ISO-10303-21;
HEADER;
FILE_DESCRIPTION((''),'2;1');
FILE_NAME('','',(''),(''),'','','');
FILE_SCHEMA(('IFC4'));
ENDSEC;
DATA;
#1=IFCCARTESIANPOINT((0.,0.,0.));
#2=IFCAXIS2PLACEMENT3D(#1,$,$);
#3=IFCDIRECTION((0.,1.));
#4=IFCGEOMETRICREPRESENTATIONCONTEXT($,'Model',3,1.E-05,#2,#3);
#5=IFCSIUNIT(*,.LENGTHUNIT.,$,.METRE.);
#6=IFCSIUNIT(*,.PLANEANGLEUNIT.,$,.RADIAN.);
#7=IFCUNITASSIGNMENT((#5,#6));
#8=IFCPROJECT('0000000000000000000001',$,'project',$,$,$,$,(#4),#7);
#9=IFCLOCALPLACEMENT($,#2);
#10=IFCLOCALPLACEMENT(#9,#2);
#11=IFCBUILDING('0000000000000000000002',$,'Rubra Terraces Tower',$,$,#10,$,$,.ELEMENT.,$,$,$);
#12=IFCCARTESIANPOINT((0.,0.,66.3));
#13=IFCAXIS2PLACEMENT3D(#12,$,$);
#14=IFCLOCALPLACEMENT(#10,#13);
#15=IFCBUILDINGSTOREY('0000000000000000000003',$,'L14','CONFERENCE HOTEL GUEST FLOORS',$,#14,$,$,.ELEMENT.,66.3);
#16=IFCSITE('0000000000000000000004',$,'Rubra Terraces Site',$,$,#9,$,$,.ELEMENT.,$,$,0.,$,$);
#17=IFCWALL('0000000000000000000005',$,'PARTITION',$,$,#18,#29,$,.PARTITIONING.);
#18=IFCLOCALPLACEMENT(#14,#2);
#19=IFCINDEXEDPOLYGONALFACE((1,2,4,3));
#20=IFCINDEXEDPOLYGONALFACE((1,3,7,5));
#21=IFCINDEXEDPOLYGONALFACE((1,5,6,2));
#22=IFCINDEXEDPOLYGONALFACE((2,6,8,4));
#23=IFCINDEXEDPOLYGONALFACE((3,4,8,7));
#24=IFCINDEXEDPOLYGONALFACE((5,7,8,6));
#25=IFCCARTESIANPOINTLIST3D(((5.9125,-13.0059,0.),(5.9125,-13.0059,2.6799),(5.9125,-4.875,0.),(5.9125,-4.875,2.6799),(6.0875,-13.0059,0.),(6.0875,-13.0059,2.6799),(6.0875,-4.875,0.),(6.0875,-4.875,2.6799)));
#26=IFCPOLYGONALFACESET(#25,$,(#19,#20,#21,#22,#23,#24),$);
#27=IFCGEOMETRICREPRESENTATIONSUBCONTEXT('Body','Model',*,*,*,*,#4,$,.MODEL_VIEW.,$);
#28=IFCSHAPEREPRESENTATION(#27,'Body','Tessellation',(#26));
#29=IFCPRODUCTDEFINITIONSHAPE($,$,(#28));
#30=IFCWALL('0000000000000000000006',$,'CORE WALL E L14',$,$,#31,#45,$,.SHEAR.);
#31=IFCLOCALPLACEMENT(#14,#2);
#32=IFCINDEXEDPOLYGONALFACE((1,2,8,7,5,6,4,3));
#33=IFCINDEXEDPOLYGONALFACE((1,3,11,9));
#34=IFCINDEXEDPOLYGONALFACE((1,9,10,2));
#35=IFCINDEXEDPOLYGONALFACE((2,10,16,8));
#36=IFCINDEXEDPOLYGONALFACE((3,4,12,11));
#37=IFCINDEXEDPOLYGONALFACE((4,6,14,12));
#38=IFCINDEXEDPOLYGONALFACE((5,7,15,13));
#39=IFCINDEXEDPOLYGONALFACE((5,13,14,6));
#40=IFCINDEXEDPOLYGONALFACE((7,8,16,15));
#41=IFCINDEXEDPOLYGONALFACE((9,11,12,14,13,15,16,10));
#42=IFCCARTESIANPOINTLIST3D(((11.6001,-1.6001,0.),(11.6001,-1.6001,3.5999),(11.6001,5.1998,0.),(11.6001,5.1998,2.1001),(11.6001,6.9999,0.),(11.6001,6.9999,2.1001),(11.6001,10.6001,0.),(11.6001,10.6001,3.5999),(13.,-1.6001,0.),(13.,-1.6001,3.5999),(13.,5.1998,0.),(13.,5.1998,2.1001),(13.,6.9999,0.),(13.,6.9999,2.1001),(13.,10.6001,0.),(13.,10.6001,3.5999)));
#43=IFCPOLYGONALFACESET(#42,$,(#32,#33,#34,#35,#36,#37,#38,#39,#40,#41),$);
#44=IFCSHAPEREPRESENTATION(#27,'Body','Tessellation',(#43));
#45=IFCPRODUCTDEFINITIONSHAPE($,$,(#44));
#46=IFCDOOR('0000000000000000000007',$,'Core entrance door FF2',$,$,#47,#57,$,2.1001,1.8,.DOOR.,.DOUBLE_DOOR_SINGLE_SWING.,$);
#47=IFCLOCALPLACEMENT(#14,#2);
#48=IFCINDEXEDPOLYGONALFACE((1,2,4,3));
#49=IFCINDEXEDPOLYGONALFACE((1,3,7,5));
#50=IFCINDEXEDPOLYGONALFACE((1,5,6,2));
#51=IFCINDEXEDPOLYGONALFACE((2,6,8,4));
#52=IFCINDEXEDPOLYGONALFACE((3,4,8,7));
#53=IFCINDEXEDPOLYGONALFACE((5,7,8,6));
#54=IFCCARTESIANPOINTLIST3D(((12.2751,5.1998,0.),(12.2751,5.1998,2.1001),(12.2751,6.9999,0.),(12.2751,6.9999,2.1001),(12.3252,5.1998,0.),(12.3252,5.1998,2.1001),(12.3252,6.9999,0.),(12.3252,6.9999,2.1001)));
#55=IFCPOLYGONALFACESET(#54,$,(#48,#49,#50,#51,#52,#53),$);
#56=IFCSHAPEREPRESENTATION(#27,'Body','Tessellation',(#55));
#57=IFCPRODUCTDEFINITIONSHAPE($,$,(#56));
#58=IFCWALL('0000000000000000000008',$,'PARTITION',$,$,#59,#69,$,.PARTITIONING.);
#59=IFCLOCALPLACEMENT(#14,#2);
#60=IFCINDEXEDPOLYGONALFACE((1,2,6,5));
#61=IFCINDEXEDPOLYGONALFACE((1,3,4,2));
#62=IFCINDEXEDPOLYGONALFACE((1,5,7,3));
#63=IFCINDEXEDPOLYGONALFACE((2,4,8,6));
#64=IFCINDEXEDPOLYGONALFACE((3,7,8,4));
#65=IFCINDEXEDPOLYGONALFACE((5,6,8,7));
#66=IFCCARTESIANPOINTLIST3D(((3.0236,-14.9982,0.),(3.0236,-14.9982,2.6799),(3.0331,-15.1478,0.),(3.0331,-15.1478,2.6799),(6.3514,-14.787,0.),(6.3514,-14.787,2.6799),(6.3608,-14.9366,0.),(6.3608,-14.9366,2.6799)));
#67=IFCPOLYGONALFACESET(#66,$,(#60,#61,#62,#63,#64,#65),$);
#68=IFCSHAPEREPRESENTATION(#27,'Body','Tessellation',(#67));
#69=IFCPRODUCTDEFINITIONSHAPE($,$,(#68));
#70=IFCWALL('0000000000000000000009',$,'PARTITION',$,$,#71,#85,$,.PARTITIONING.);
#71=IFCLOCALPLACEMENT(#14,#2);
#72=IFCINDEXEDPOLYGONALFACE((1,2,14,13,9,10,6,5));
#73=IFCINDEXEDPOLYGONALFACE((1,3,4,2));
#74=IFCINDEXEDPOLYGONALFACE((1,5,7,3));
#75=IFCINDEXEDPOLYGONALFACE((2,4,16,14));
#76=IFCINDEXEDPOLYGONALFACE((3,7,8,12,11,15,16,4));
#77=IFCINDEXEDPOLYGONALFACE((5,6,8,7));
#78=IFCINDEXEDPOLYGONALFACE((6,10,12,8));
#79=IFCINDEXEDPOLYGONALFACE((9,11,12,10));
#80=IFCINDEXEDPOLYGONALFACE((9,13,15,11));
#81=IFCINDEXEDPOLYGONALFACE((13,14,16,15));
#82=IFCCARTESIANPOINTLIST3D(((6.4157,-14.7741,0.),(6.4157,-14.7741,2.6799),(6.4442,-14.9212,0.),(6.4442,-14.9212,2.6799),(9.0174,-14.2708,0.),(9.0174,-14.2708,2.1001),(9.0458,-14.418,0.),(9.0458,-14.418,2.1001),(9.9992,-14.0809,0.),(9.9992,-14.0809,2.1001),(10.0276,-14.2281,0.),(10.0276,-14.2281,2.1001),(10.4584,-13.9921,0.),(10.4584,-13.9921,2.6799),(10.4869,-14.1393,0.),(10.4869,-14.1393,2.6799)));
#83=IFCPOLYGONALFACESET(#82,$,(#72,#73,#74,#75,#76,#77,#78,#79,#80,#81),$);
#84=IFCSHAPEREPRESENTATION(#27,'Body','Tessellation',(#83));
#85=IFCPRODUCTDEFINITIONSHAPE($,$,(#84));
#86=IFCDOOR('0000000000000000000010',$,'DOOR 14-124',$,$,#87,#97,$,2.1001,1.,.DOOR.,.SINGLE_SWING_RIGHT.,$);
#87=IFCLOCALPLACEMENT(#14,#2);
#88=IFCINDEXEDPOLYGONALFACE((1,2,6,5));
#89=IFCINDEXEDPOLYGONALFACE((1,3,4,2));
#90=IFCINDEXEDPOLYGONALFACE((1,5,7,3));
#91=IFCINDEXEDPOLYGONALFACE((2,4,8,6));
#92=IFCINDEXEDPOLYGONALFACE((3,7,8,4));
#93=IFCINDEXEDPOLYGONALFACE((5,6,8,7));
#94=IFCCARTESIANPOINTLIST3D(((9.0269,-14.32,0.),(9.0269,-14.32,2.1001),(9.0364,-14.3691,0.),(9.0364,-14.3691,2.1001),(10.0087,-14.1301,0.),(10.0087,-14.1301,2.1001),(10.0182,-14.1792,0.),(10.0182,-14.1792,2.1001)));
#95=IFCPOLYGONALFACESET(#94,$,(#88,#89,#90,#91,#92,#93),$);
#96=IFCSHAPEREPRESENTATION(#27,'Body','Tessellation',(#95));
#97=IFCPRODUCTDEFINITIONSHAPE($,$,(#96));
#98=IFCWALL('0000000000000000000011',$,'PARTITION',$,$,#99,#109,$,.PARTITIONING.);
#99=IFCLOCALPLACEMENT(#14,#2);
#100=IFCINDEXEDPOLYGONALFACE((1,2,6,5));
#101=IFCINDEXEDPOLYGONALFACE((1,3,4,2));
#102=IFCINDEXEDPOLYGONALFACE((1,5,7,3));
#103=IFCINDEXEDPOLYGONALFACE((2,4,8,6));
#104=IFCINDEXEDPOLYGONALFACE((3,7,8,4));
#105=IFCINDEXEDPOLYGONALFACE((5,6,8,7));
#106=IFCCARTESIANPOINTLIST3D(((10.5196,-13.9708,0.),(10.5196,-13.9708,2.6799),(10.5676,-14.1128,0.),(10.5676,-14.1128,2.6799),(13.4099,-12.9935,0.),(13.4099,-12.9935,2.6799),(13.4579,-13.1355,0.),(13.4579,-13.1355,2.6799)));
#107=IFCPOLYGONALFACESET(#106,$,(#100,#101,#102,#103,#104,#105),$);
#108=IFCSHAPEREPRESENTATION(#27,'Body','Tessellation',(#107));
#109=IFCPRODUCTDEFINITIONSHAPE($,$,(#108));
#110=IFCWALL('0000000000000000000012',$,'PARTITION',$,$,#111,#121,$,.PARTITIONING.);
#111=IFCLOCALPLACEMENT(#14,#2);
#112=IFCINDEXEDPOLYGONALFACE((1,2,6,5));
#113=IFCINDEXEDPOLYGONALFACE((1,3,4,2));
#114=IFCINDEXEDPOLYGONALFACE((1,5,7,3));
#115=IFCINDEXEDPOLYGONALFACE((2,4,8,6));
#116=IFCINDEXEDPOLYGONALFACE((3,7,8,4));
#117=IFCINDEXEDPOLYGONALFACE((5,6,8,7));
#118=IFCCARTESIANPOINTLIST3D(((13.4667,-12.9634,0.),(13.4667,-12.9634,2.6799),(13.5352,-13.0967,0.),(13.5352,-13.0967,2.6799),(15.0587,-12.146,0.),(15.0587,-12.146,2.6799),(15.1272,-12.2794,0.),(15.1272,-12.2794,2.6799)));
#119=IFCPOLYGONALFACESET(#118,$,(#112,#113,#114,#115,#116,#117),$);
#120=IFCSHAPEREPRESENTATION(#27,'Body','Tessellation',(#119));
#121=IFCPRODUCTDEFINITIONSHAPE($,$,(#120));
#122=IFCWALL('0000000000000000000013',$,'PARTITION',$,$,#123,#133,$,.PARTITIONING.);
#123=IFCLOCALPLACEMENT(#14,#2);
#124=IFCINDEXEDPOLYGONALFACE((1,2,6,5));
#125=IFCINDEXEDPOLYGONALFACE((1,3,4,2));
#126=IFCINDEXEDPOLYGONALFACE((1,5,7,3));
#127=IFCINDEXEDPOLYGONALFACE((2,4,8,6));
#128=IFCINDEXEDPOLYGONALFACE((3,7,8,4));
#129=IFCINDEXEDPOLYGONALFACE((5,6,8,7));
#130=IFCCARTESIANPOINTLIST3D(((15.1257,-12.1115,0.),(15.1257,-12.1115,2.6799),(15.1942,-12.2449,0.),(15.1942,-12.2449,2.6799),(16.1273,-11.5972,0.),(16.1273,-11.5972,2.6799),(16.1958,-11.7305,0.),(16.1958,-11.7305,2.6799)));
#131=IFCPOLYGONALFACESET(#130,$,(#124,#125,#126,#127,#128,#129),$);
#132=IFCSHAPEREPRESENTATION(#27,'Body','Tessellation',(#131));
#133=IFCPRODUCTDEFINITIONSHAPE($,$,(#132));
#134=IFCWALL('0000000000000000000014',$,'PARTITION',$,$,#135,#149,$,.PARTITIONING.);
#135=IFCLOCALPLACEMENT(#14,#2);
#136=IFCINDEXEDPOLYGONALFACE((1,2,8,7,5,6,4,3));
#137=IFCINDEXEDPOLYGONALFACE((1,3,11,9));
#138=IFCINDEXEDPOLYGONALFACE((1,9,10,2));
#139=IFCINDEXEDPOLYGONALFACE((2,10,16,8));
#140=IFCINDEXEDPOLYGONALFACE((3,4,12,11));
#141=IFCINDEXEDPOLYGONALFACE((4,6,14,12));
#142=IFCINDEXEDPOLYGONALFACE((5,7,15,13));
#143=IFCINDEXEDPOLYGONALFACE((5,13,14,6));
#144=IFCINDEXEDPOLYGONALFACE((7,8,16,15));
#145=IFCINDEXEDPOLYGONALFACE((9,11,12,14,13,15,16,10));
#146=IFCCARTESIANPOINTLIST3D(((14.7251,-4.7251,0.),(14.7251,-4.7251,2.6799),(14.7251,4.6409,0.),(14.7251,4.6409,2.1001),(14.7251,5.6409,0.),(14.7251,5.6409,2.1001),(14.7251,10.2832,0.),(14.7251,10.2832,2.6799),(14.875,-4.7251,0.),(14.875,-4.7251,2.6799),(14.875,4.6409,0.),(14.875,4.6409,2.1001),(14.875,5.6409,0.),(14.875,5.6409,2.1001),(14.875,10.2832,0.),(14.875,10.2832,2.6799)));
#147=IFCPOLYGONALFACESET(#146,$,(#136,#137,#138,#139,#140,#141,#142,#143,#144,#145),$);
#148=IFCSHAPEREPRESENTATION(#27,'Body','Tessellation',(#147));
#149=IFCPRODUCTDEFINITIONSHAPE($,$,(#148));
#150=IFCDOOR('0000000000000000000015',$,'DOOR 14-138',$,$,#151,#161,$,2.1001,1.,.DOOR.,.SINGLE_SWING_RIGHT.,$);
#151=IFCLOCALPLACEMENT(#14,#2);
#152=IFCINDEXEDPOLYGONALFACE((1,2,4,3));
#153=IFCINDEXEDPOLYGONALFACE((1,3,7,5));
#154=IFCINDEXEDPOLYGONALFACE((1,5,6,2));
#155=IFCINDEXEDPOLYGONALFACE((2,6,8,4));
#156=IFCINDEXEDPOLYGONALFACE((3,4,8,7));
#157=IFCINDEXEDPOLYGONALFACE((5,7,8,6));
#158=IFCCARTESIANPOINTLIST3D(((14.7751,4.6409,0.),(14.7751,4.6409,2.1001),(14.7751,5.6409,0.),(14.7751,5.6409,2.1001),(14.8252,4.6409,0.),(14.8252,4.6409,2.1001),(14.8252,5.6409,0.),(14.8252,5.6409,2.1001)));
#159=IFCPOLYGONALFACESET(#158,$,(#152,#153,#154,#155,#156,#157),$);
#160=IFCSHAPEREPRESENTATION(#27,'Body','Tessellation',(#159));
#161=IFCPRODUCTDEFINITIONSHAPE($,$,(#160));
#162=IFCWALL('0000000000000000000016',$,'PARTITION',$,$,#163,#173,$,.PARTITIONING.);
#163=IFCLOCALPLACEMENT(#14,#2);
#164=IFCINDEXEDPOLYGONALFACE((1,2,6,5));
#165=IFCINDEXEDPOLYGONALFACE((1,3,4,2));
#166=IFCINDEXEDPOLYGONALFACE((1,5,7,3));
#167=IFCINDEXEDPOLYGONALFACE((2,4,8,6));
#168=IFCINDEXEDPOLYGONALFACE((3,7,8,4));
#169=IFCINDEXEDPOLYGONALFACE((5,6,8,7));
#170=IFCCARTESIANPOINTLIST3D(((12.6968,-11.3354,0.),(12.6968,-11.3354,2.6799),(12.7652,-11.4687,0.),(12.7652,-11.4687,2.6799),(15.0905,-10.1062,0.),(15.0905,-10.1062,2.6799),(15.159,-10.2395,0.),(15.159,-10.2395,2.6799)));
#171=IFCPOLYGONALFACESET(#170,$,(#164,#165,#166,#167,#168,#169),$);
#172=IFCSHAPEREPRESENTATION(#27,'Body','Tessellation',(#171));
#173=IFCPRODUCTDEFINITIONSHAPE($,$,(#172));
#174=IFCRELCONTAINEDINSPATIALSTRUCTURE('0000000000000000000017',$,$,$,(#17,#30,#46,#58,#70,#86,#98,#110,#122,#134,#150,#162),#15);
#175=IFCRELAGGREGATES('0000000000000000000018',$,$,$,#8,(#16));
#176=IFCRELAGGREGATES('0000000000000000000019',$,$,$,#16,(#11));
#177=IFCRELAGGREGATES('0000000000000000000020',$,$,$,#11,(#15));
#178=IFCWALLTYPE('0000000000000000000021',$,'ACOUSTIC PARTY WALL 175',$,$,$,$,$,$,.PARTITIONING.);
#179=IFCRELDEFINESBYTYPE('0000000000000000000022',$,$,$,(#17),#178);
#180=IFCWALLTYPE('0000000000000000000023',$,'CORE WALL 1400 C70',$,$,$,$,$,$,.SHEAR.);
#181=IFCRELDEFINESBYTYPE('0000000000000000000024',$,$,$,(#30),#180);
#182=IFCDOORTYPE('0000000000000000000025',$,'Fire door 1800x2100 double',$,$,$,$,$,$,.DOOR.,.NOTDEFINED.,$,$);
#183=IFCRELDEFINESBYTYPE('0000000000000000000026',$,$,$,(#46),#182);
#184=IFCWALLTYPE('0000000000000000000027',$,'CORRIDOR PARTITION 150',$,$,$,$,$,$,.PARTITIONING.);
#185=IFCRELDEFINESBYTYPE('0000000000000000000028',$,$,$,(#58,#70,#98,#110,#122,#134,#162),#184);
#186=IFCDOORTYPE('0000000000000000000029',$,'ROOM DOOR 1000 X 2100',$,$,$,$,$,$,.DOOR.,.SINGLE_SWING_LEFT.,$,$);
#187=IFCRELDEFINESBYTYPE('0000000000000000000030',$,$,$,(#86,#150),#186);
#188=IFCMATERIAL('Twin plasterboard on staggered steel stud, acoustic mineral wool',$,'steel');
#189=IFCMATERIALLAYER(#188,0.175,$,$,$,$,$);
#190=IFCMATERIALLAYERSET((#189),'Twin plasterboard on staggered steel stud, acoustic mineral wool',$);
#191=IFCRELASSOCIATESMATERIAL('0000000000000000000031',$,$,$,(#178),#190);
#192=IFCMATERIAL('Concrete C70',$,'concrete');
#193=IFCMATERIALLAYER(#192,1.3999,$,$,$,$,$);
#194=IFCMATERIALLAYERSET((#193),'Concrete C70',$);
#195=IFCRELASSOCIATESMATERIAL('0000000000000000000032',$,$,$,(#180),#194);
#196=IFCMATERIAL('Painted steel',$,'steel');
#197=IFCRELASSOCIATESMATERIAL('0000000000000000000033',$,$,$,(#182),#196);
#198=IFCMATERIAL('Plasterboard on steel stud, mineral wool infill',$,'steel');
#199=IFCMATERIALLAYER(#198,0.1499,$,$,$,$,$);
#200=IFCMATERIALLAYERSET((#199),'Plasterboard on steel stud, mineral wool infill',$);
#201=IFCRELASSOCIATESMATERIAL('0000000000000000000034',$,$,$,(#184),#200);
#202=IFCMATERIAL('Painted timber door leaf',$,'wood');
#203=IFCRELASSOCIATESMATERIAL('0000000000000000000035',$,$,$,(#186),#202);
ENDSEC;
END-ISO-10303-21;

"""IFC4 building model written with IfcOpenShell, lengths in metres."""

from ifc_helpers import new_model, si_unit, direction, frame, frame_2d, origin, place, context, subcontext, project, spatial, rectangle, extrude, material, layer, layer_set, type_object, element, fill, save


model = new_model("IFC4")

# Units and contexts
model_context = context("Model", 3, precision=1e-05, world=origin(), true_north=direction((0.0, 1.0)))
body_context = subcontext(model_context, "Body", "Model", "MODEL_VIEW")
ifc_project = project(units=[si_unit("LENGTHUNIT", "METRE"), si_unit("PLANEANGLEUNIT", "RADIAN")], contexts=[model_context])

# Site, building, storey
site_placement = place(None, origin())
site = spatial("IfcSite", under=ifc_project, at=site_placement, Name="Rubra Terraces Site", CompositionType="ELEMENT", RefElevation=0.0)
building_placement = place(site_placement, origin())
building = spatial("IfcBuilding", under=site, at=building_placement, Name="Rubra Terraces Tower", CompositionType="ELEMENT")
storey_placement = place(building_placement, frame((0.0, 0.0, 66.3)))
storey = spatial("IfcBuildingStorey", under=building, at=storey_placement, Name="L14", Description="CONFERENCE HOTEL GUEST FLOORS", CompositionType="ELEMENT", Elevation=66.3)

# Wall
ifc_material_1 = material(Name="Twin plasterboard on staggered steel stud, acoustic mineral wool", Category="steel")
ifc_layer_1 = layer(ifc_material_1, 0.175)
ifc_layer_set_1 = layer_set([ifc_layer_1], Name="Twin plasterboard on staggered steel stud, acoustic mineral wool")
wall_type_1 = type_object("IfcWallType", Name="ACOUSTIC PARTY WALL 175", PredefinedType="PARTITIONING", material=ifc_layer_set_1)
wall_1_placement = place(storey_placement, frame((6.0, -13.0059, 0.0), z_axis=(0.0, 0.0, 1.0), x_axis=(0.0, 1.0, 0.0)))
element("IfcWall", 1, at=wall_1_placement, inside=storey, type_object=wall_type_1, Name="PARTITION", PredefinedType="PARTITIONING", context=body_context, shape_type="SweptSolid", body=[
    extrude(rectangle(XDim=8.1309, YDim=0.175, at=frame_2d((4.0654, 0.0))), origin(), (0.0, 0.0, 1.0), 2.6799),
])

# Wall, opening, door
ifc_material_2 = material(Name="Concrete C70", Category="concrete")
ifc_layer_2 = layer(ifc_material_2, 1.3999)
ifc_layer_set_2 = layer_set([ifc_layer_2], Name="Concrete C70")
wall_type_2 = type_object("IfcWallType", Name="CORE WALL 1400 C70", PredefinedType="SHEAR", material=ifc_layer_set_2)
wall_2_placement = place(storey_placement, frame((12.3, -1.6001, 0.0), z_axis=(0.0, 0.0, 1.0), x_axis=(0.0, 1.0, 0.0)))
wall_2 = element("IfcWall", 2, at=wall_2_placement, inside=storey, type_object=wall_type_2, Name="CORE WALL E L14", PredefinedType="SHEAR", context=body_context, shape_type="SweptSolid", body=[
    extrude(rectangle(XDim=12.2002, YDim=1.3999, at=frame_2d((6.1001, 0.0))), origin(), (0.0, 0.0, 1.0), 3.5999),
])
opening_1_placement = place(wall_2_placement, frame((6.8, 0.0, 0.0)))
opening_1 = element("IfcOpeningElement", 3, at=opening_1_placement, cuts=wall_2, PredefinedType="OPENING", context=body_context, shape_type="SweptSolid", body=[
    extrude(rectangle(XDim=1.8, YDim=2.1001, at=frame_2d((0.8999, 1.05))), frame((0.0, 0.71, 0.0), z_axis=(0.0, -1.0, 0.0), x_axis=(1.0, 0.0, 0.0)), (0.0, 0.0, 1.0), 1.4199),
])
ifc_material_3 = material(Name="Painted steel", Category="steel")
door_type_1 = type_object("IfcDoorType", Name="Fire door 1800x2100 double", OperationType="NOTDEFINED", PredefinedType="DOOR", material=ifc_material_3)
door_1_placement = place(opening_1_placement, origin())
door_1 = element("IfcDoor", 4, at=door_1_placement, inside=storey, type_object=door_type_1, Name="Core entrance door FF2", OperationType="DOUBLE_DOOR_SINGLE_SWING", OverallHeight=2.1001, OverallWidth=1.8, PredefinedType="DOOR", context=body_context, shape_type="SweptSolid", body=[
    extrude(rectangle(XDim=1.8, YDim=2.1001, at=frame_2d((0.8999, 1.05))), frame((0.0, 0.0249, 0.0), z_axis=(0.0, -1.0, 0.0), x_axis=(1.0, 0.0, 0.0)), (0.0, 0.0, 1.0), 0.05),
])
fill(opening_1, door_1)

# Wall
ifc_material_4 = material(Name="Plasterboard on steel stud, mineral wool infill", Category="steel")
ifc_layer_3 = layer(ifc_material_4, 0.1499)
ifc_layer_set_3 = layer_set([ifc_layer_3], Name="Plasterboard on steel stud, mineral wool infill")
wall_type_3 = type_object("IfcWallType", Name="CORRIDOR PARTITION 150", PredefinedType="PARTITIONING", material=ifc_layer_set_3)
wall_3_placement = place(storey_placement, frame((3.0283, -15.073, 0.0), z_axis=(0.0, 0.0, 1.0), x_axis=(0.997993, 0.063331, 0.0)))
element("IfcWall", 5, at=wall_3_placement, inside=storey, type_object=wall_type_3, Name="PARTITION", PredefinedType="PARTITIONING", context=body_context, shape_type="SweptSolid", body=[
    extrude(rectangle(XDim=3.3345, YDim=0.1499, at=frame_2d((1.6672, 0.0))), origin(), (0.0, 0.0, 1.0), 2.6799),
])

# Wall, opening, door
wall_4_placement = place(storey_placement, frame((6.4299, -14.8477, 0.0), z_axis=(0.0, 0.0, 1.0), x_axis=(0.981802, 0.189909, 0.0)))
wall_4 = element("IfcWall", 6, at=wall_4_placement, inside=storey, type_object=wall_type_3, Name="PARTITION", PredefinedType="PARTITIONING", context=body_context, shape_type="SweptSolid", body=[
    extrude(rectangle(XDim=4.1177, YDim=0.1499, at=frame_2d((2.0588, 0.0))), origin(), (0.0, 0.0, 1.0), 2.6799),
])
opening_2_placement = place(wall_4_placement, frame((2.6499, 0.0, 0.0)))
opening_2 = element("IfcOpeningElement", 7, at=opening_2_placement, cuts=wall_4, PredefinedType="OPENING", context=body_context, shape_type="SweptSolid", body=[
    extrude(rectangle(XDim=1.0, YDim=2.1001, at=frame_2d((0.5, 1.05))), frame((0.0, 0.085, 0.0), z_axis=(0.0, -1.0, 0.0), x_axis=(1.0, 0.0, 0.0)), (0.0, 0.0, 1.0), 0.1699),
])
ifc_material_5 = material(Name="Painted timber door leaf", Category="wood")
door_type_2 = type_object("IfcDoorType", Name="ROOM DOOR 1000 X 2100", OperationType="SINGLE_SWING_LEFT", PredefinedType="DOOR", material=ifc_material_5)
door_2_placement = place(opening_2_placement, origin())
door_2 = element("IfcDoor", 8, at=door_2_placement, inside=storey, type_object=door_type_2, Name="DOOR 14-124", OperationType="SINGLE_SWING_RIGHT", OverallHeight=2.1001, OverallWidth=1.0, PredefinedType="DOOR", context=body_context, shape_type="SweptSolid", body=[
    extrude(rectangle(XDim=1.0, YDim=2.1001, at=frame_2d((0.5, 1.05))), frame((0.0, 0.0249, 0.0), z_axis=(0.0, -1.0, 0.0), x_axis=(1.0, 0.0, 0.0)), (0.0, 0.0, 1.0), 0.05),
])
fill(opening_2, door_2)

# Walls
wall_5_placement = place(storey_placement, frame((10.5437, -14.0417, 0.0), z_axis=(0.0, 0.0, 1.0), x_axis=(0.947314, 0.320306, 0.0)))
element("IfcWall", 9, at=wall_5_placement, inside=storey, type_object=wall_type_3, Name="PARTITION", PredefinedType="PARTITIONING", context=body_context, shape_type="SweptSolid", body=[
    extrude(rectangle(XDim=3.051, YDim=0.1499, at=frame_2d((1.5254, 0.0))), origin(), (0.0, 0.0, 1.0), 2.6799),
])
wall_6_placement = place(storey_placement, frame((13.501, -13.03, 0.0), z_axis=(0.0, 0.0, 1.0), x_axis=(0.889601, 0.456738, 0.0)))
element("IfcWall", 10, at=wall_6_placement, inside=storey, type_object=wall_type_3, Name="PARTITION", PredefinedType="PARTITIONING", context=body_context, shape_type="SweptSolid", body=[
    extrude(rectangle(XDim=1.7896, YDim=0.1499, at=frame_2d((0.8948, 0.0))), origin(), (0.0, 0.0, 1.0), 2.6799),
])
wall_7_placement = place(storey_placement, frame((15.1599, -12.1782, 0.0), z_axis=(0.0, 0.0, 1.0), x_axis=(0.889562, 0.456814, 0.0)))
element("IfcWall", 11, at=wall_7_placement, inside=storey, type_object=wall_type_3, Name="PARTITION", PredefinedType="PARTITIONING", context=body_context, shape_type="SweptSolid", body=[
    extrude(rectangle(XDim=1.126, YDim=0.1499, at=frame_2d((0.563, 0.0))), origin(), (0.0, 0.0, 1.0), 2.6799),
])

# Wall, opening, door
wall_8_placement = place(storey_placement, frame((14.8, -4.7251, 0.0), z_axis=(0.0, 0.0, 1.0), x_axis=(0.0, 1.0, 0.0)))
wall_8 = element("IfcWall", 12, at=wall_8_placement, inside=storey, type_object=wall_type_3, Name="PARTITION", PredefinedType="PARTITIONING", context=body_context, shape_type="SweptSolid", body=[
    extrude(rectangle(XDim=15.0083, YDim=0.1499, at=frame_2d((7.5042, 0.0))), origin(), (0.0, 0.0, 1.0), 2.6799),
])
opening_3_placement = place(wall_8_placement, frame((9.366, 0.0, 0.0)))
opening_3 = element("IfcOpeningElement", 13, at=opening_3_placement, cuts=wall_8, PredefinedType="OPENING", context=body_context, shape_type="SweptSolid", body=[
    extrude(rectangle(XDim=1.0, YDim=2.1001, at=frame_2d((0.5, 1.05))), frame((0.0, 0.085, 0.0), z_axis=(0.0, -1.0, 0.0), x_axis=(1.0, 0.0, 0.0)), (0.0, 0.0, 1.0), 0.1699),
])
door_3_placement = place(opening_3_placement, origin())
door_3 = element("IfcDoor", 14, at=door_3_placement, inside=storey, type_object=door_type_2, Name="DOOR 14-138", OperationType="SINGLE_SWING_RIGHT", OverallHeight=2.1001, OverallWidth=1.0, PredefinedType="DOOR", context=body_context, shape_type="SweptSolid", body=[
    extrude(rectangle(XDim=1.0, YDim=2.1001, at=frame_2d((0.5, 1.05))), frame((0.0, 0.0249, 0.0), z_axis=(0.0, -1.0, 0.0), x_axis=(1.0, 0.0, 0.0)), (0.0, 0.0, 1.0), 0.05),
])
fill(opening_3, door_3)

# Wall
wall_9_placement = place(storey_placement, frame((15.1248, -10.1729, 0.0), z_axis=(0.0, 0.0, 1.0), x_axis=(-0.889567, -0.456805, 0.0)))
element("IfcWall", 15, at=wall_9_placement, inside=storey, type_object=wall_type_3, Name="PARTITION", PredefinedType="PARTITIONING", context=body_context, shape_type="SweptSolid", body=[
    extrude(rectangle(XDim=2.6909, YDim=0.1499, at=frame_2d((1.3455, 0.0))), origin(), (0.0, 0.0, 1.0), 2.6799),
])

save(model, "model.ifc")
